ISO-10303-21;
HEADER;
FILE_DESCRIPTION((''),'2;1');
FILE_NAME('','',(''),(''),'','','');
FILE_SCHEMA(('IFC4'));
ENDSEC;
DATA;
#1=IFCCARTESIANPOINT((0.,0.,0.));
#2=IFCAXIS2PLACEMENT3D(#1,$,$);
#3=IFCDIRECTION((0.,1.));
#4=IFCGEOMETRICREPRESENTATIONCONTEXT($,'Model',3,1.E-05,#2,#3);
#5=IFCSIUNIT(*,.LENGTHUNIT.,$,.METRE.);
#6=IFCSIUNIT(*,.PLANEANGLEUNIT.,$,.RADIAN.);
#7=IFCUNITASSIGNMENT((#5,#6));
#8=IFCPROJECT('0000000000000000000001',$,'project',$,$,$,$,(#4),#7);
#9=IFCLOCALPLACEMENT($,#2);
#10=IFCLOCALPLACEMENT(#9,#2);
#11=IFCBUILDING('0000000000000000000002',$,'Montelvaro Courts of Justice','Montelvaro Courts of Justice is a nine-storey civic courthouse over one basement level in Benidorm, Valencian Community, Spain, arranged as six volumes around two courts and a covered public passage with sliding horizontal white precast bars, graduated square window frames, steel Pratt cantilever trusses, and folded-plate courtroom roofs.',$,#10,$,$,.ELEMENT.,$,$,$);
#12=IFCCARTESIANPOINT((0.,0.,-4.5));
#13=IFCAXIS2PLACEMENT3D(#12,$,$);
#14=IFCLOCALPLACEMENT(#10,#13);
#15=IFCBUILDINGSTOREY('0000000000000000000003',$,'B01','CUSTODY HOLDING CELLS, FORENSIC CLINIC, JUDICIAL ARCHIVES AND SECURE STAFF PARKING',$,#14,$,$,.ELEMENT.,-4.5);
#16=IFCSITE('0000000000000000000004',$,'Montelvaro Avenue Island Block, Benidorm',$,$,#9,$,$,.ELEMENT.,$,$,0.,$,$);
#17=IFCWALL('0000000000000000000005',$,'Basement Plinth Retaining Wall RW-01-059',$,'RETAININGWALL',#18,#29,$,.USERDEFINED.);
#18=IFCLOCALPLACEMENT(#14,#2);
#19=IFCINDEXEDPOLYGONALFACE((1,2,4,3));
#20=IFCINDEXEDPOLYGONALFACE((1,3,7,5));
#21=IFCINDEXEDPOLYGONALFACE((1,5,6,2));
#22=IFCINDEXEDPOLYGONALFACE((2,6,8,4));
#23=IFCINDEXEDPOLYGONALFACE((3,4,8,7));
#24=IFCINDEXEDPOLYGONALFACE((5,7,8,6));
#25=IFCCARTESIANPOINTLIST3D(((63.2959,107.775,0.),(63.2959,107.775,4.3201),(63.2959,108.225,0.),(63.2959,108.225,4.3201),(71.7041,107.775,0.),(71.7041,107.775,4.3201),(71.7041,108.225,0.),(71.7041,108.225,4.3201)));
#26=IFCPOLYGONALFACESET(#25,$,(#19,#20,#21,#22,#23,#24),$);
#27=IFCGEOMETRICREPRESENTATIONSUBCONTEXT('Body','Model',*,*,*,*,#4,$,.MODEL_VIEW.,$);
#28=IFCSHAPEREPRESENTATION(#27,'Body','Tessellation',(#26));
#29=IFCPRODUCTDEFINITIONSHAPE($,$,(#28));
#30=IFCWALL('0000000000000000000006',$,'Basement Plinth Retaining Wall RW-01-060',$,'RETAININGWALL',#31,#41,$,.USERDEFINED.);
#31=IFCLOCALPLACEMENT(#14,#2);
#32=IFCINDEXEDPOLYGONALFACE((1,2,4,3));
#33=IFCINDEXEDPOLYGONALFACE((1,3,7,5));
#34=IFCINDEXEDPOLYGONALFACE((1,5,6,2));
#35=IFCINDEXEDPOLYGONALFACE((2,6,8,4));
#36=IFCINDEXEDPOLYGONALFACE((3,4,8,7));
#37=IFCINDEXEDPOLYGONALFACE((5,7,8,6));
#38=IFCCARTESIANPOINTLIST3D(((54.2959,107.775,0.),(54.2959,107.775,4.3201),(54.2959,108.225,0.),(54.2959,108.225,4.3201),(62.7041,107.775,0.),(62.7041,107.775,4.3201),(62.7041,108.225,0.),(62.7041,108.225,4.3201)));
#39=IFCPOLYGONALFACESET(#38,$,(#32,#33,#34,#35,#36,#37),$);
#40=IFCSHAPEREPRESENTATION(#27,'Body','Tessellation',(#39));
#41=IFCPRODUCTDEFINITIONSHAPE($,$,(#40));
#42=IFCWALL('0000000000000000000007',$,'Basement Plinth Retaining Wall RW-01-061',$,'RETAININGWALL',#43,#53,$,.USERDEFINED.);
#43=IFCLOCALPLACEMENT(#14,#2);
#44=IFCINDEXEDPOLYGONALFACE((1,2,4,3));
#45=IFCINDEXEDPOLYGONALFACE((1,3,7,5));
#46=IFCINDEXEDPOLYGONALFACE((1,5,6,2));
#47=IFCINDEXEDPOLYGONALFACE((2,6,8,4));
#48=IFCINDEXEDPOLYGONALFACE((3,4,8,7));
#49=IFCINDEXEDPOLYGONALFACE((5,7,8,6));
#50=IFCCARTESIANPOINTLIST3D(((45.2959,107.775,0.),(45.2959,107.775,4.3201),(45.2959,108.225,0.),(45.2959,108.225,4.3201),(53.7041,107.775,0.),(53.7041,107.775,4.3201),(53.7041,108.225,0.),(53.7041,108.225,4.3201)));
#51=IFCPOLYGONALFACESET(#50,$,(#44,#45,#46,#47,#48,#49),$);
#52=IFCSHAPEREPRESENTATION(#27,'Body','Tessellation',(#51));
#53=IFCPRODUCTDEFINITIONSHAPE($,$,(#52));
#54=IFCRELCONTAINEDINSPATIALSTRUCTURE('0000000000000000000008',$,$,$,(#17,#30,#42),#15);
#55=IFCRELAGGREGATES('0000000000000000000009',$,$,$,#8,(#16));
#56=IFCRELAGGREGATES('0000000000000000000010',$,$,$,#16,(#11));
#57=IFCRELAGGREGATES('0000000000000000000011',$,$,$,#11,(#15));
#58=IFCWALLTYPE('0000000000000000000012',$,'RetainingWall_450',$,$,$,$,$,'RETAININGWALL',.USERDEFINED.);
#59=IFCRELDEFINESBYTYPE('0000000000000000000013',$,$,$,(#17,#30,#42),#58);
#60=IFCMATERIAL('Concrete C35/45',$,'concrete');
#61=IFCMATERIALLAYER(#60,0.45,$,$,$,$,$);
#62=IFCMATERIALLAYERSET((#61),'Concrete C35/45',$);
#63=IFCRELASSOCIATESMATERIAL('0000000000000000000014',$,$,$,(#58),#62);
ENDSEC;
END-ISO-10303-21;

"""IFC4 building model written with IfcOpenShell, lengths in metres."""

from ifc_helpers import new_model, si_unit, direction, frame, frame_2d, origin, place, context, subcontext, project, spatial, rectangle, extrude, material, layer, layer_set, type_object, element, save


model = new_model("IFC4")

# Units and contexts
model_context = context("Model", 3, precision=1e-05, world=origin(), true_north=direction((0.0, 1.0)))
body_context = subcontext(model_context, "Body", "Model", "MODEL_VIEW")
ifc_project = project(units=[si_unit("LENGTHUNIT", "METRE"), si_unit("PLANEANGLEUNIT", "RADIAN")], contexts=[model_context])

# Site, building, storey
site_placement = place(None, origin())
site = spatial("IfcSite", under=ifc_project, at=site_placement, Name="Montelvaro Avenue Island Block, Benidorm", CompositionType="ELEMENT", RefElevation=0.0)
building_placement = place(site_placement, origin())
building = spatial("IfcBuilding", under=site, at=building_placement, Name="Montelvaro Courts of Justice", Description="Montelvaro Courts of Justice is a nine-storey civic courthouse over one basement level in Benidorm, Valencian Community, Spain, arranged as six volumes around two courts and a covered public passage with sliding horizontal white precast bars, graduated square window frames, steel Pratt cantilever trusses, and folded-plate courtroom roofs.", CompositionType="ELEMENT")
storey_placement = place(building_placement, frame((0.0, 0.0, -4.5)))
storey = spatial("IfcBuildingStorey", under=building, at=storey_placement, Name="B01", Description="CUSTODY HOLDING CELLS, FORENSIC CLINIC, JUDICIAL ARCHIVES AND SECURE STAFF PARKING", CompositionType="ELEMENT", Elevation=-4.5)

# Shared definitions
ifc_material_1 = material(Name="Concrete C35/45", Category="concrete")

# Walls
ifc_layer = layer(ifc_material_1, 0.45)
ifc_layer_set = layer_set([ifc_layer], Name="Concrete C35/45")
wall_type = type_object("IfcWallType", Name="RetainingWall_450", ElementType="RETAININGWALL", PredefinedType="USERDEFINED", material=ifc_layer_set)
for number, where, z_axis, x_axis, name in (
    (1, (71.7041, 108.0, 0.0), (0.0, 0.0, 1.0), (-1.0, 0.0, 0.0), "Basement Plinth Retaining Wall RW-01-059"),
    (2, (62.7041, 108.0, 0.0), (0.0, 0.0, 1.0), (-1.0, 0.0, 0.0), "Basement Plinth Retaining Wall RW-01-060"),
    (3, (53.7041, 108.0, 0.0), (0.0, 0.0, 1.0), (-1.0, 0.0, 0.0), "Basement Plinth Retaining Wall RW-01-061"),
):
    element("IfcWall", number, at=place(storey_placement, frame(where, z_axis=z_axis, x_axis=x_axis)), inside=storey, type_object=wall_type, Name=name, ObjectType="RETAININGWALL", PredefinedType="USERDEFINED", context=body_context, shape_type="SweptSolid", body=[
        extrude(rectangle(XDim=8.4082, YDim=0.45, at=frame_2d((4.2041, 0.0))), origin(), (0.0, 0.0, 1.0), 4.3201),
    ])

save(model, "model.ifc")
